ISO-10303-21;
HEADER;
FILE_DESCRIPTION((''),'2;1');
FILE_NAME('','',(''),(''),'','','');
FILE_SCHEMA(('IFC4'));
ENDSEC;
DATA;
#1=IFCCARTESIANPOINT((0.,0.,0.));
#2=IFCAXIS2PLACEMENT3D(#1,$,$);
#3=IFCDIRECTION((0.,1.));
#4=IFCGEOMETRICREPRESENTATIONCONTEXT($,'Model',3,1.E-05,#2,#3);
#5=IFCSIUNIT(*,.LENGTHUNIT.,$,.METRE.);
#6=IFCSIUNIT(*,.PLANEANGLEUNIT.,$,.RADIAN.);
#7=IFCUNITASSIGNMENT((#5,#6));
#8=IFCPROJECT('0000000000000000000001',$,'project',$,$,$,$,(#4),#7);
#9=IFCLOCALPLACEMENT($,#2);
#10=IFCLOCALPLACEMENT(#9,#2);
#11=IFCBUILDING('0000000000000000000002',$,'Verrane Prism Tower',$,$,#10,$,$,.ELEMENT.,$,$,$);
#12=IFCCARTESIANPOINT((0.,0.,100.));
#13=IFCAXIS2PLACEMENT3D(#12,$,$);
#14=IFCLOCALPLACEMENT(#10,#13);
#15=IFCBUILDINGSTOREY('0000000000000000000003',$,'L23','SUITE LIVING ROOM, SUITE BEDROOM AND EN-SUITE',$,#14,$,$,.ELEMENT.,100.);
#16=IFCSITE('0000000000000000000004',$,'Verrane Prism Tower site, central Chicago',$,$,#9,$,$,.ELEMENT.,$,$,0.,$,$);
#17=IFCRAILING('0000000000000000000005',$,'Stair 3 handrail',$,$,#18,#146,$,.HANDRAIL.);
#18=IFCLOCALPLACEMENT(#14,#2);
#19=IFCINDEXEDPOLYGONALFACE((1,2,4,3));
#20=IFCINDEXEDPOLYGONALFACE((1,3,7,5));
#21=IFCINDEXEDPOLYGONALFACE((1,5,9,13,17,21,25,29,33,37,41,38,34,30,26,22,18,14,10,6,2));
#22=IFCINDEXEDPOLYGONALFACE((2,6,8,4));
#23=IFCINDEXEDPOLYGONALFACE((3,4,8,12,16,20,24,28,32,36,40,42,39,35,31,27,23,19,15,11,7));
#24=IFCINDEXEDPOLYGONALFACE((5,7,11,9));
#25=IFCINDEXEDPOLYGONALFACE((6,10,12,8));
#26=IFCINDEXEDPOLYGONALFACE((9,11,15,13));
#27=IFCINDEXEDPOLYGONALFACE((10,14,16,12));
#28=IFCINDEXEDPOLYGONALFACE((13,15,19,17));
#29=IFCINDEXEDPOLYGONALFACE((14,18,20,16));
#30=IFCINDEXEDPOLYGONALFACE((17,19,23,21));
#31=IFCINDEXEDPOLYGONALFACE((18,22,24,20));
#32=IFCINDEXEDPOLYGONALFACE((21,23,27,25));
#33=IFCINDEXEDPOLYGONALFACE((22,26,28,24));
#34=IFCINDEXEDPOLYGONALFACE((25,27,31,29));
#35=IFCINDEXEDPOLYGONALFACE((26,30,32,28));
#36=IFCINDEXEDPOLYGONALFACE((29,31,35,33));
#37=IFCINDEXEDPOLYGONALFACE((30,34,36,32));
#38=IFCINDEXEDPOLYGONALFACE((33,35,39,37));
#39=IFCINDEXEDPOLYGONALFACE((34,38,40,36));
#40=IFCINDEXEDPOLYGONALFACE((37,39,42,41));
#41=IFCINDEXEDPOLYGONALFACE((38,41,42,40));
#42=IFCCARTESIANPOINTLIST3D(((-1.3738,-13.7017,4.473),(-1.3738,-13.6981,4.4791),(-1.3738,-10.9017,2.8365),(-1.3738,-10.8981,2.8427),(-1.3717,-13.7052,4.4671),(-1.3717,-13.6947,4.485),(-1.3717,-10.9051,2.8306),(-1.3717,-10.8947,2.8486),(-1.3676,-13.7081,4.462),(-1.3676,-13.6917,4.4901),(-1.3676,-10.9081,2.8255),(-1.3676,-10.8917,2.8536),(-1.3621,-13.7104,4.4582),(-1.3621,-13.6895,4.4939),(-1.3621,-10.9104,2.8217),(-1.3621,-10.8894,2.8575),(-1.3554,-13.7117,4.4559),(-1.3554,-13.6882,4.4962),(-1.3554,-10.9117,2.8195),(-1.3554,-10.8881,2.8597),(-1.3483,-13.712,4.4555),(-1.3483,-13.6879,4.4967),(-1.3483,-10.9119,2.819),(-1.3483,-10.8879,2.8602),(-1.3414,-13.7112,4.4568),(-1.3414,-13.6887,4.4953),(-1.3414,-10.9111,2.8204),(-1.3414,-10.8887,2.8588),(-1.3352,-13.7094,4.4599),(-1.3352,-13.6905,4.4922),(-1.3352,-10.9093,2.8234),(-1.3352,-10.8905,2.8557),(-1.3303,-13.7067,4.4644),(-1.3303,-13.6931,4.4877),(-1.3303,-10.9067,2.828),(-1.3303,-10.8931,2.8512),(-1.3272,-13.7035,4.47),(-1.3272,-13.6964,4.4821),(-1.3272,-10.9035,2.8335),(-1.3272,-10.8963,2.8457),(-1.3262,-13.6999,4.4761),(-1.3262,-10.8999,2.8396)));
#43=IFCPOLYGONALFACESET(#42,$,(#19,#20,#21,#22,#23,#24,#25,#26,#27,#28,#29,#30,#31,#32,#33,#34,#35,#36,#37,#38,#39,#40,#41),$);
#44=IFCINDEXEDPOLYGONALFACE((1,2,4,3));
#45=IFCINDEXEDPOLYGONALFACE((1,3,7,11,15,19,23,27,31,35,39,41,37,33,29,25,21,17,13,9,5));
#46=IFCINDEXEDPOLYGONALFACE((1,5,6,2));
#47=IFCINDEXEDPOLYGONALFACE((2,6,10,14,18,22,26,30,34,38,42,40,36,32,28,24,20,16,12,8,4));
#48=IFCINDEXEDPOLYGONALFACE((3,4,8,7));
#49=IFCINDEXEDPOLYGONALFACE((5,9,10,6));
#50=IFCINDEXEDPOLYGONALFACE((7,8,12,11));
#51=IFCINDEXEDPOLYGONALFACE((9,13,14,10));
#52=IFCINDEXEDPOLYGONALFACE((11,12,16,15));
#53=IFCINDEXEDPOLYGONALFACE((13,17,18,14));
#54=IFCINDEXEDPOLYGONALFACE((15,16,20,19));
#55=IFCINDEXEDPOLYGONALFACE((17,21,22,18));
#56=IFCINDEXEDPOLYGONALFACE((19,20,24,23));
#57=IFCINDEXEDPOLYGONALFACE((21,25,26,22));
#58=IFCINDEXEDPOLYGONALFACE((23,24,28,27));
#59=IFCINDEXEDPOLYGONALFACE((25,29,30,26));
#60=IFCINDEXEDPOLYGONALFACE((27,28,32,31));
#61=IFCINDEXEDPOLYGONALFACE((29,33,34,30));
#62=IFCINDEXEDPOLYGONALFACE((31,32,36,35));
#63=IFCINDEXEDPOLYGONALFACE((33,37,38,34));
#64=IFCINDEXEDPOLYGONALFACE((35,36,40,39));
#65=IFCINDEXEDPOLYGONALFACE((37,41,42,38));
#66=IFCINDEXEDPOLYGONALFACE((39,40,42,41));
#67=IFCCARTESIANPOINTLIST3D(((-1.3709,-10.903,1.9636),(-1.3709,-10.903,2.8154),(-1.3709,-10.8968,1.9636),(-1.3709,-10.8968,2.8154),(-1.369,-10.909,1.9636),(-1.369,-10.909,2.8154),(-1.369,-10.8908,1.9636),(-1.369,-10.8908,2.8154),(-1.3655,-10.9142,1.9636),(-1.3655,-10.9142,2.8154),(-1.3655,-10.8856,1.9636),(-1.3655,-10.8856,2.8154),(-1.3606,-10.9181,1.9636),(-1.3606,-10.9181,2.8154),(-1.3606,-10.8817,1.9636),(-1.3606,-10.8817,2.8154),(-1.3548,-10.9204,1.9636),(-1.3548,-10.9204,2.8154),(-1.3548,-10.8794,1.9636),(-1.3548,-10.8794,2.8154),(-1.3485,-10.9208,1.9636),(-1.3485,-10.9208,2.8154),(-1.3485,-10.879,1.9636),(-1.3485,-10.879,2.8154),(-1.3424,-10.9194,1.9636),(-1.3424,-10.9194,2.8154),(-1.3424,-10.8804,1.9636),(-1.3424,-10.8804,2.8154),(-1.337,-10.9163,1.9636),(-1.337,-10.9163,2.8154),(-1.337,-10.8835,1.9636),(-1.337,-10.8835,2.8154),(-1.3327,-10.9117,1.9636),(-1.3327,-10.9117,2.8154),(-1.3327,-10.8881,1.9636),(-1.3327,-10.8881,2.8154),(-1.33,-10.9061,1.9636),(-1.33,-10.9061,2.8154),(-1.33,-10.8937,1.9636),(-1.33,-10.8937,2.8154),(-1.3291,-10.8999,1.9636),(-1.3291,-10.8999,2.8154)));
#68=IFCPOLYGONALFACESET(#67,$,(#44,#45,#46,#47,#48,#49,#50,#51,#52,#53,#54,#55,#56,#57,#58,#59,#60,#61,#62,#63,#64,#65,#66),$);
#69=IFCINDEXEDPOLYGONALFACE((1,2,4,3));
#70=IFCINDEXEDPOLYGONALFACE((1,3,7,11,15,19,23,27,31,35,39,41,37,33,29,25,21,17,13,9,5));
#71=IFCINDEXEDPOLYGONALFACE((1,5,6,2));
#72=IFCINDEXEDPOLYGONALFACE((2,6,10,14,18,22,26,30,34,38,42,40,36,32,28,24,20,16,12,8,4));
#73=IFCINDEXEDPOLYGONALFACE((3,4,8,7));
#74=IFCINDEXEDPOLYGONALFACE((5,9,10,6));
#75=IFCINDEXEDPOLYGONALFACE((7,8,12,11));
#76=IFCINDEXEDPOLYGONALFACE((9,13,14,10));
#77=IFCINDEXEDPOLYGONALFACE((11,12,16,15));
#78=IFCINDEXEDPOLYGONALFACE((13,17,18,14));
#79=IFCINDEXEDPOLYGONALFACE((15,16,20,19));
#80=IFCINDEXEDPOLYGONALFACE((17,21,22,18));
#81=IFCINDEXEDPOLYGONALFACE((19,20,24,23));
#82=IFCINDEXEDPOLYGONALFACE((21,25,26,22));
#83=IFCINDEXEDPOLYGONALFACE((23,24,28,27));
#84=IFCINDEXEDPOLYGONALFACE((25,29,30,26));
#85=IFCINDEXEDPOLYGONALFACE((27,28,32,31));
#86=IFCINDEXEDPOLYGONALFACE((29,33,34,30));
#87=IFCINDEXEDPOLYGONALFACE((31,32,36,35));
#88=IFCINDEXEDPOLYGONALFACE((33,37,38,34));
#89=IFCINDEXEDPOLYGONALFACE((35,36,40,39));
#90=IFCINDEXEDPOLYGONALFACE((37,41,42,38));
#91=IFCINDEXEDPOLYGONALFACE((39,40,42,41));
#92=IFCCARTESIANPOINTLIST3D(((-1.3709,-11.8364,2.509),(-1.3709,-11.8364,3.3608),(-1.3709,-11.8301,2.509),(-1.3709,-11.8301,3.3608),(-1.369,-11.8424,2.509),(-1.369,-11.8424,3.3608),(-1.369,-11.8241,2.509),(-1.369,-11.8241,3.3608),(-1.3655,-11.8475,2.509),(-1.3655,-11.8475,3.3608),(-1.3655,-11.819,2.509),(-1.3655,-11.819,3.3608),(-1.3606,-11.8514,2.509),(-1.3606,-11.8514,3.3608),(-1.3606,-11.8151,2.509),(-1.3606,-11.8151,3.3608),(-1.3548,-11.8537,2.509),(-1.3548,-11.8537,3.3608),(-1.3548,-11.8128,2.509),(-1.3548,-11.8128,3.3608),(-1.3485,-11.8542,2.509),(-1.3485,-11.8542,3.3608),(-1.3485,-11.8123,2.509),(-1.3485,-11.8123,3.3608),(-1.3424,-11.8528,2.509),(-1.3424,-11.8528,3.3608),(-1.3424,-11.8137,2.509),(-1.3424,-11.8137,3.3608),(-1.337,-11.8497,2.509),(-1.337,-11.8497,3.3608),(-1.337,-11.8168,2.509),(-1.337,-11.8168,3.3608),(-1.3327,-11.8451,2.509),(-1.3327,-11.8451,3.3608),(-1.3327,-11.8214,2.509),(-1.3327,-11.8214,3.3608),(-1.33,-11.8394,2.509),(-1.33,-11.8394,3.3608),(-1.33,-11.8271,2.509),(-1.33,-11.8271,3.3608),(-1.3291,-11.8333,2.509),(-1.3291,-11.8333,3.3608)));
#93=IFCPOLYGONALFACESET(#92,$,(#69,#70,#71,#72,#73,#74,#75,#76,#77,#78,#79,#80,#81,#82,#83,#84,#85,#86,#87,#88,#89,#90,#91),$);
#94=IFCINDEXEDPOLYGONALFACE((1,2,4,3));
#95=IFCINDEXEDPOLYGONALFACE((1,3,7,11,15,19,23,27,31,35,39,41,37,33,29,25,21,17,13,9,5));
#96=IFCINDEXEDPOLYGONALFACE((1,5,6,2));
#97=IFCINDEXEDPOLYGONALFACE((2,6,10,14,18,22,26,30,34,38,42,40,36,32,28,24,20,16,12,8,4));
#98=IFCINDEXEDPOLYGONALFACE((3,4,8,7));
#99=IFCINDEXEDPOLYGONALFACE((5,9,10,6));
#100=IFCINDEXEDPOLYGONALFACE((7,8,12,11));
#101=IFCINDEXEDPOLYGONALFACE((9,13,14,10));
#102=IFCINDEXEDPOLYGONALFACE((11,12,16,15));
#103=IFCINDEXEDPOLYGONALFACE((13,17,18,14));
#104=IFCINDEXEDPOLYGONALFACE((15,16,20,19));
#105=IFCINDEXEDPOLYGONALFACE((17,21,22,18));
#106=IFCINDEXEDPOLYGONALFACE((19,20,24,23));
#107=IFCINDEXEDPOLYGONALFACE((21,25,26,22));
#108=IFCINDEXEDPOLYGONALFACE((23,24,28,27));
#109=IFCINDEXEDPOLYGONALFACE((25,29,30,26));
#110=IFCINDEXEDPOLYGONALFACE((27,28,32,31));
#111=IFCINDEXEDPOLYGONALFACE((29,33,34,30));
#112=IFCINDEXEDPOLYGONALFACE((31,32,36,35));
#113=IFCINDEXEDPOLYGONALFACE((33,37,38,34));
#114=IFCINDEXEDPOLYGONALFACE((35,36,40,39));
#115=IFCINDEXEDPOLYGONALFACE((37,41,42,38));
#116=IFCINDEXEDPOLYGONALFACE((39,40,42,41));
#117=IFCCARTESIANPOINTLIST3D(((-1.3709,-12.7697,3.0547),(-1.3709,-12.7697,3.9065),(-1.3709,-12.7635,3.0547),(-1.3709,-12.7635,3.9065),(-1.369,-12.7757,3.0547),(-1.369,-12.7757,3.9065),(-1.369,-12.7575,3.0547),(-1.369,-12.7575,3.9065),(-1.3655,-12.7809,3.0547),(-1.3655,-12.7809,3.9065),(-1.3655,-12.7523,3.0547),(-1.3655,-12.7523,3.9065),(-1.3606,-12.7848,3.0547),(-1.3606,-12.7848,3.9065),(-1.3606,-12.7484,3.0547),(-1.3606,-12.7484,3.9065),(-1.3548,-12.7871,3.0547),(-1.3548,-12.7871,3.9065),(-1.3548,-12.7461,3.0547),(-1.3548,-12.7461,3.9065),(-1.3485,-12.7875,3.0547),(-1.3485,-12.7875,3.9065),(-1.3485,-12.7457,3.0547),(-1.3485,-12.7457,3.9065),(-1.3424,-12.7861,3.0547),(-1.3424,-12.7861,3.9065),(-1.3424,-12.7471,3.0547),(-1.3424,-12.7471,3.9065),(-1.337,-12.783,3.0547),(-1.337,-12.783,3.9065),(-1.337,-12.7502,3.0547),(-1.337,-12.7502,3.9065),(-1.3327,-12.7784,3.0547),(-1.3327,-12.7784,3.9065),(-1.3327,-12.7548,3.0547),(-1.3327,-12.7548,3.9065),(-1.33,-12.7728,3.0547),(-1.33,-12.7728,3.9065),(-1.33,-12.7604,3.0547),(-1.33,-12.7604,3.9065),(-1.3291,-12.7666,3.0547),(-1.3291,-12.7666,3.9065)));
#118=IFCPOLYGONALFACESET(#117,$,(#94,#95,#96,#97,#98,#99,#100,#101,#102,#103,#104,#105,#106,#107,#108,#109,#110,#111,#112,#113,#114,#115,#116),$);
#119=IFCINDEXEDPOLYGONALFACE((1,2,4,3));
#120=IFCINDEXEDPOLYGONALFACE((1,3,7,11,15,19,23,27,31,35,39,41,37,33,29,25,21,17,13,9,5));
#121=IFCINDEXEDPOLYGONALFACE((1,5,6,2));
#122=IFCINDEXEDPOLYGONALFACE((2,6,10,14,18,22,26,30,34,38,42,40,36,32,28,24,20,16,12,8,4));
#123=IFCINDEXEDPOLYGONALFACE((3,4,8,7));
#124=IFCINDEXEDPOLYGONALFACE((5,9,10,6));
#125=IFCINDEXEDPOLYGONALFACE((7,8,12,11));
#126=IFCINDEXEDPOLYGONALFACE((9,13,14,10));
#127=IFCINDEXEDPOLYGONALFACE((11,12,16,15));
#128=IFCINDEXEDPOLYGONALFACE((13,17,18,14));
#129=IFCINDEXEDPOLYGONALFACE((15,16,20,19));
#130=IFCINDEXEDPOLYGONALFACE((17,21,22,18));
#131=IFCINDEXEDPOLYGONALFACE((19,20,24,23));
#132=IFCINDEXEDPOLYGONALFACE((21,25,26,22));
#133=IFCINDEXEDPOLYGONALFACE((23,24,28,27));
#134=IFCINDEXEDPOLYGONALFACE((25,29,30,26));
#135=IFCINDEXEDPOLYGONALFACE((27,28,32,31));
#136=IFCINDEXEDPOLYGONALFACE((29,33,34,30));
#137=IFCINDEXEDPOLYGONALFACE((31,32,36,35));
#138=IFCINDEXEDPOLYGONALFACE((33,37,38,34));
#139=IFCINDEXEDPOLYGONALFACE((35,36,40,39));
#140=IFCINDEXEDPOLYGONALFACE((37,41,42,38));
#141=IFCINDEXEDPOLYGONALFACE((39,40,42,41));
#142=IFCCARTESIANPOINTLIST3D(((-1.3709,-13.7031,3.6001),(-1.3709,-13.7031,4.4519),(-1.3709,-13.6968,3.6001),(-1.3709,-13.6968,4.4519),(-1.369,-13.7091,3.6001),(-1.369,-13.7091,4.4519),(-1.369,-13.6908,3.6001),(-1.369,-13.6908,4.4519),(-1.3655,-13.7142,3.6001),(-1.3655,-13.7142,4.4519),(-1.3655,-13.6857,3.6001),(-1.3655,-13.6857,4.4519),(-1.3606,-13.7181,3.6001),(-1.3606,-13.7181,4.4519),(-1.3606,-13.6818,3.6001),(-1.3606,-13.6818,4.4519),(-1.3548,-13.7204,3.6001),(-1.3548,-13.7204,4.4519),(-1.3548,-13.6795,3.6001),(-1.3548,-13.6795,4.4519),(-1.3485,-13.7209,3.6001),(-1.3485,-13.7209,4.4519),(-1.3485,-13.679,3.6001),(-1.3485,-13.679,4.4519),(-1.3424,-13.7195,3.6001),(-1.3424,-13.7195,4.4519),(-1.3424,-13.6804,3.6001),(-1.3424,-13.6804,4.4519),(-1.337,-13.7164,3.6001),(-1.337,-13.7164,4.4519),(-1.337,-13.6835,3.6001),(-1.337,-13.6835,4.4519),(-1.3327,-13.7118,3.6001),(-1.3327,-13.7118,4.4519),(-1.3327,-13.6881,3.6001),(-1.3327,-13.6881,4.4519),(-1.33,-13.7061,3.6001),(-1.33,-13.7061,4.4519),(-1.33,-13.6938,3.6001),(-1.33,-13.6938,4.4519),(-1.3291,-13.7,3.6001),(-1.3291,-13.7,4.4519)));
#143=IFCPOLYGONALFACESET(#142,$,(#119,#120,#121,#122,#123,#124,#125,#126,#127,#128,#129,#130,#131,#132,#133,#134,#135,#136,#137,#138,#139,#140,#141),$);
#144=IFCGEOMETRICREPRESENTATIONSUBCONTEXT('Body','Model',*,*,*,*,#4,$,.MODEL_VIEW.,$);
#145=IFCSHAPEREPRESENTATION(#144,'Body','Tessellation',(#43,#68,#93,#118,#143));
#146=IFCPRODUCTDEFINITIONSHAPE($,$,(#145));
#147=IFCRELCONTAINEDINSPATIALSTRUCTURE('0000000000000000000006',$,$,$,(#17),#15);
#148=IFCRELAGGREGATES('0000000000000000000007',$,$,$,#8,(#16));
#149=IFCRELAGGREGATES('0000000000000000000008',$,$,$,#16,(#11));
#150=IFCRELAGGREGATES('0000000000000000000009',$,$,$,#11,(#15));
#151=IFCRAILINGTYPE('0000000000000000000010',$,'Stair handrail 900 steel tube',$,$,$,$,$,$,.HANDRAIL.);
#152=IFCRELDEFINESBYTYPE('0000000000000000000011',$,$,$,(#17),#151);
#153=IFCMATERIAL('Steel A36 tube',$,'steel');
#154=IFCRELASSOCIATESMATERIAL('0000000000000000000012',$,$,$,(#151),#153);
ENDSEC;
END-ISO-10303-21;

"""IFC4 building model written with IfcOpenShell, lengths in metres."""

from ifc_helpers import new_model, si_unit, direction, frame, origin, origin_2d, place, context, subcontext, project, spatial, circle, extrude, material, type_object, element, save


model = new_model("IFC4")

# Units and contexts
model_context = context("Model", 3, precision=1e-05, world=origin(), true_north=direction((0.0, 1.0)))
body_context = subcontext(model_context, "Body", "Model", "MODEL_VIEW")
ifc_project = project(units=[si_unit("LENGTHUNIT", "METRE"), si_unit("PLANEANGLEUNIT", "RADIAN")], contexts=[model_context])

# Site, building, storey
site_placement = place(None, origin())
site = spatial("IfcSite", under=ifc_project, at=site_placement, Name="Verrane Prism Tower site, central Chicago", CompositionType="ELEMENT", RefElevation=0.0)
building_placement = place(site_placement, origin())
building = spatial("IfcBuilding", under=site, at=building_placement, Name="Verrane Prism Tower", CompositionType="ELEMENT")
storey_placement = place(building_placement, frame((0.0, 0.0, 100.0)))
storey = spatial("IfcBuildingStorey", under=building, at=storey_placement, Name="L23", Description="SUITE LIVING ROOM, SUITE BEDROOM AND EN-SUITE", CompositionType="ELEMENT", Elevation=100.0)

# Railing
ifc_material_1 = material(Name="Steel A36 tube", Category="steel")
railing_type = type_object("IfcRailingType", Name="Stair handrail 900 steel tube", PredefinedType="HANDRAIL", material=ifc_material_1)
railing_placement = place(storey_placement, frame((-1.3501, -10.8999, 1.9636)))
element("IfcRailing", 1, at=railing_placement, inside=storey, type_object=railing_type, Name="Stair 3 handrail", PredefinedType="HANDRAIL", context=body_context, shape_type="SweptSolid", body=[
    extrude(circle(Radius=0.0239, at=origin_2d()), frame((0.0, 0.0, 0.876), z_axis=(0.0, -0.863361, 0.504587), x_axis=(1.0, 0.0, 0.0)), (0.0, 0.0, 1.0), 3.2432),
    extrude(circle(Radius=0.021, at=origin_2d()), origin(), (0.0, 0.0, 1.0), 0.8518),
    extrude(circle(Radius=0.021, at=origin_2d()), frame((0.0, -0.9333, 0.5454)), (0.0, 0.0, 1.0), 0.8518),
    extrude(circle(Radius=0.021, at=origin_2d()), frame((0.0, -1.8667, 1.0911)), (0.0, 0.0, 1.0), 0.8518),
    extrude(circle(Radius=0.021, at=origin_2d()), frame((0.0, -2.8, 1.6365)), (0.0, 0.0, 1.0), 0.8518),
])

save(model, "model.ifc")
